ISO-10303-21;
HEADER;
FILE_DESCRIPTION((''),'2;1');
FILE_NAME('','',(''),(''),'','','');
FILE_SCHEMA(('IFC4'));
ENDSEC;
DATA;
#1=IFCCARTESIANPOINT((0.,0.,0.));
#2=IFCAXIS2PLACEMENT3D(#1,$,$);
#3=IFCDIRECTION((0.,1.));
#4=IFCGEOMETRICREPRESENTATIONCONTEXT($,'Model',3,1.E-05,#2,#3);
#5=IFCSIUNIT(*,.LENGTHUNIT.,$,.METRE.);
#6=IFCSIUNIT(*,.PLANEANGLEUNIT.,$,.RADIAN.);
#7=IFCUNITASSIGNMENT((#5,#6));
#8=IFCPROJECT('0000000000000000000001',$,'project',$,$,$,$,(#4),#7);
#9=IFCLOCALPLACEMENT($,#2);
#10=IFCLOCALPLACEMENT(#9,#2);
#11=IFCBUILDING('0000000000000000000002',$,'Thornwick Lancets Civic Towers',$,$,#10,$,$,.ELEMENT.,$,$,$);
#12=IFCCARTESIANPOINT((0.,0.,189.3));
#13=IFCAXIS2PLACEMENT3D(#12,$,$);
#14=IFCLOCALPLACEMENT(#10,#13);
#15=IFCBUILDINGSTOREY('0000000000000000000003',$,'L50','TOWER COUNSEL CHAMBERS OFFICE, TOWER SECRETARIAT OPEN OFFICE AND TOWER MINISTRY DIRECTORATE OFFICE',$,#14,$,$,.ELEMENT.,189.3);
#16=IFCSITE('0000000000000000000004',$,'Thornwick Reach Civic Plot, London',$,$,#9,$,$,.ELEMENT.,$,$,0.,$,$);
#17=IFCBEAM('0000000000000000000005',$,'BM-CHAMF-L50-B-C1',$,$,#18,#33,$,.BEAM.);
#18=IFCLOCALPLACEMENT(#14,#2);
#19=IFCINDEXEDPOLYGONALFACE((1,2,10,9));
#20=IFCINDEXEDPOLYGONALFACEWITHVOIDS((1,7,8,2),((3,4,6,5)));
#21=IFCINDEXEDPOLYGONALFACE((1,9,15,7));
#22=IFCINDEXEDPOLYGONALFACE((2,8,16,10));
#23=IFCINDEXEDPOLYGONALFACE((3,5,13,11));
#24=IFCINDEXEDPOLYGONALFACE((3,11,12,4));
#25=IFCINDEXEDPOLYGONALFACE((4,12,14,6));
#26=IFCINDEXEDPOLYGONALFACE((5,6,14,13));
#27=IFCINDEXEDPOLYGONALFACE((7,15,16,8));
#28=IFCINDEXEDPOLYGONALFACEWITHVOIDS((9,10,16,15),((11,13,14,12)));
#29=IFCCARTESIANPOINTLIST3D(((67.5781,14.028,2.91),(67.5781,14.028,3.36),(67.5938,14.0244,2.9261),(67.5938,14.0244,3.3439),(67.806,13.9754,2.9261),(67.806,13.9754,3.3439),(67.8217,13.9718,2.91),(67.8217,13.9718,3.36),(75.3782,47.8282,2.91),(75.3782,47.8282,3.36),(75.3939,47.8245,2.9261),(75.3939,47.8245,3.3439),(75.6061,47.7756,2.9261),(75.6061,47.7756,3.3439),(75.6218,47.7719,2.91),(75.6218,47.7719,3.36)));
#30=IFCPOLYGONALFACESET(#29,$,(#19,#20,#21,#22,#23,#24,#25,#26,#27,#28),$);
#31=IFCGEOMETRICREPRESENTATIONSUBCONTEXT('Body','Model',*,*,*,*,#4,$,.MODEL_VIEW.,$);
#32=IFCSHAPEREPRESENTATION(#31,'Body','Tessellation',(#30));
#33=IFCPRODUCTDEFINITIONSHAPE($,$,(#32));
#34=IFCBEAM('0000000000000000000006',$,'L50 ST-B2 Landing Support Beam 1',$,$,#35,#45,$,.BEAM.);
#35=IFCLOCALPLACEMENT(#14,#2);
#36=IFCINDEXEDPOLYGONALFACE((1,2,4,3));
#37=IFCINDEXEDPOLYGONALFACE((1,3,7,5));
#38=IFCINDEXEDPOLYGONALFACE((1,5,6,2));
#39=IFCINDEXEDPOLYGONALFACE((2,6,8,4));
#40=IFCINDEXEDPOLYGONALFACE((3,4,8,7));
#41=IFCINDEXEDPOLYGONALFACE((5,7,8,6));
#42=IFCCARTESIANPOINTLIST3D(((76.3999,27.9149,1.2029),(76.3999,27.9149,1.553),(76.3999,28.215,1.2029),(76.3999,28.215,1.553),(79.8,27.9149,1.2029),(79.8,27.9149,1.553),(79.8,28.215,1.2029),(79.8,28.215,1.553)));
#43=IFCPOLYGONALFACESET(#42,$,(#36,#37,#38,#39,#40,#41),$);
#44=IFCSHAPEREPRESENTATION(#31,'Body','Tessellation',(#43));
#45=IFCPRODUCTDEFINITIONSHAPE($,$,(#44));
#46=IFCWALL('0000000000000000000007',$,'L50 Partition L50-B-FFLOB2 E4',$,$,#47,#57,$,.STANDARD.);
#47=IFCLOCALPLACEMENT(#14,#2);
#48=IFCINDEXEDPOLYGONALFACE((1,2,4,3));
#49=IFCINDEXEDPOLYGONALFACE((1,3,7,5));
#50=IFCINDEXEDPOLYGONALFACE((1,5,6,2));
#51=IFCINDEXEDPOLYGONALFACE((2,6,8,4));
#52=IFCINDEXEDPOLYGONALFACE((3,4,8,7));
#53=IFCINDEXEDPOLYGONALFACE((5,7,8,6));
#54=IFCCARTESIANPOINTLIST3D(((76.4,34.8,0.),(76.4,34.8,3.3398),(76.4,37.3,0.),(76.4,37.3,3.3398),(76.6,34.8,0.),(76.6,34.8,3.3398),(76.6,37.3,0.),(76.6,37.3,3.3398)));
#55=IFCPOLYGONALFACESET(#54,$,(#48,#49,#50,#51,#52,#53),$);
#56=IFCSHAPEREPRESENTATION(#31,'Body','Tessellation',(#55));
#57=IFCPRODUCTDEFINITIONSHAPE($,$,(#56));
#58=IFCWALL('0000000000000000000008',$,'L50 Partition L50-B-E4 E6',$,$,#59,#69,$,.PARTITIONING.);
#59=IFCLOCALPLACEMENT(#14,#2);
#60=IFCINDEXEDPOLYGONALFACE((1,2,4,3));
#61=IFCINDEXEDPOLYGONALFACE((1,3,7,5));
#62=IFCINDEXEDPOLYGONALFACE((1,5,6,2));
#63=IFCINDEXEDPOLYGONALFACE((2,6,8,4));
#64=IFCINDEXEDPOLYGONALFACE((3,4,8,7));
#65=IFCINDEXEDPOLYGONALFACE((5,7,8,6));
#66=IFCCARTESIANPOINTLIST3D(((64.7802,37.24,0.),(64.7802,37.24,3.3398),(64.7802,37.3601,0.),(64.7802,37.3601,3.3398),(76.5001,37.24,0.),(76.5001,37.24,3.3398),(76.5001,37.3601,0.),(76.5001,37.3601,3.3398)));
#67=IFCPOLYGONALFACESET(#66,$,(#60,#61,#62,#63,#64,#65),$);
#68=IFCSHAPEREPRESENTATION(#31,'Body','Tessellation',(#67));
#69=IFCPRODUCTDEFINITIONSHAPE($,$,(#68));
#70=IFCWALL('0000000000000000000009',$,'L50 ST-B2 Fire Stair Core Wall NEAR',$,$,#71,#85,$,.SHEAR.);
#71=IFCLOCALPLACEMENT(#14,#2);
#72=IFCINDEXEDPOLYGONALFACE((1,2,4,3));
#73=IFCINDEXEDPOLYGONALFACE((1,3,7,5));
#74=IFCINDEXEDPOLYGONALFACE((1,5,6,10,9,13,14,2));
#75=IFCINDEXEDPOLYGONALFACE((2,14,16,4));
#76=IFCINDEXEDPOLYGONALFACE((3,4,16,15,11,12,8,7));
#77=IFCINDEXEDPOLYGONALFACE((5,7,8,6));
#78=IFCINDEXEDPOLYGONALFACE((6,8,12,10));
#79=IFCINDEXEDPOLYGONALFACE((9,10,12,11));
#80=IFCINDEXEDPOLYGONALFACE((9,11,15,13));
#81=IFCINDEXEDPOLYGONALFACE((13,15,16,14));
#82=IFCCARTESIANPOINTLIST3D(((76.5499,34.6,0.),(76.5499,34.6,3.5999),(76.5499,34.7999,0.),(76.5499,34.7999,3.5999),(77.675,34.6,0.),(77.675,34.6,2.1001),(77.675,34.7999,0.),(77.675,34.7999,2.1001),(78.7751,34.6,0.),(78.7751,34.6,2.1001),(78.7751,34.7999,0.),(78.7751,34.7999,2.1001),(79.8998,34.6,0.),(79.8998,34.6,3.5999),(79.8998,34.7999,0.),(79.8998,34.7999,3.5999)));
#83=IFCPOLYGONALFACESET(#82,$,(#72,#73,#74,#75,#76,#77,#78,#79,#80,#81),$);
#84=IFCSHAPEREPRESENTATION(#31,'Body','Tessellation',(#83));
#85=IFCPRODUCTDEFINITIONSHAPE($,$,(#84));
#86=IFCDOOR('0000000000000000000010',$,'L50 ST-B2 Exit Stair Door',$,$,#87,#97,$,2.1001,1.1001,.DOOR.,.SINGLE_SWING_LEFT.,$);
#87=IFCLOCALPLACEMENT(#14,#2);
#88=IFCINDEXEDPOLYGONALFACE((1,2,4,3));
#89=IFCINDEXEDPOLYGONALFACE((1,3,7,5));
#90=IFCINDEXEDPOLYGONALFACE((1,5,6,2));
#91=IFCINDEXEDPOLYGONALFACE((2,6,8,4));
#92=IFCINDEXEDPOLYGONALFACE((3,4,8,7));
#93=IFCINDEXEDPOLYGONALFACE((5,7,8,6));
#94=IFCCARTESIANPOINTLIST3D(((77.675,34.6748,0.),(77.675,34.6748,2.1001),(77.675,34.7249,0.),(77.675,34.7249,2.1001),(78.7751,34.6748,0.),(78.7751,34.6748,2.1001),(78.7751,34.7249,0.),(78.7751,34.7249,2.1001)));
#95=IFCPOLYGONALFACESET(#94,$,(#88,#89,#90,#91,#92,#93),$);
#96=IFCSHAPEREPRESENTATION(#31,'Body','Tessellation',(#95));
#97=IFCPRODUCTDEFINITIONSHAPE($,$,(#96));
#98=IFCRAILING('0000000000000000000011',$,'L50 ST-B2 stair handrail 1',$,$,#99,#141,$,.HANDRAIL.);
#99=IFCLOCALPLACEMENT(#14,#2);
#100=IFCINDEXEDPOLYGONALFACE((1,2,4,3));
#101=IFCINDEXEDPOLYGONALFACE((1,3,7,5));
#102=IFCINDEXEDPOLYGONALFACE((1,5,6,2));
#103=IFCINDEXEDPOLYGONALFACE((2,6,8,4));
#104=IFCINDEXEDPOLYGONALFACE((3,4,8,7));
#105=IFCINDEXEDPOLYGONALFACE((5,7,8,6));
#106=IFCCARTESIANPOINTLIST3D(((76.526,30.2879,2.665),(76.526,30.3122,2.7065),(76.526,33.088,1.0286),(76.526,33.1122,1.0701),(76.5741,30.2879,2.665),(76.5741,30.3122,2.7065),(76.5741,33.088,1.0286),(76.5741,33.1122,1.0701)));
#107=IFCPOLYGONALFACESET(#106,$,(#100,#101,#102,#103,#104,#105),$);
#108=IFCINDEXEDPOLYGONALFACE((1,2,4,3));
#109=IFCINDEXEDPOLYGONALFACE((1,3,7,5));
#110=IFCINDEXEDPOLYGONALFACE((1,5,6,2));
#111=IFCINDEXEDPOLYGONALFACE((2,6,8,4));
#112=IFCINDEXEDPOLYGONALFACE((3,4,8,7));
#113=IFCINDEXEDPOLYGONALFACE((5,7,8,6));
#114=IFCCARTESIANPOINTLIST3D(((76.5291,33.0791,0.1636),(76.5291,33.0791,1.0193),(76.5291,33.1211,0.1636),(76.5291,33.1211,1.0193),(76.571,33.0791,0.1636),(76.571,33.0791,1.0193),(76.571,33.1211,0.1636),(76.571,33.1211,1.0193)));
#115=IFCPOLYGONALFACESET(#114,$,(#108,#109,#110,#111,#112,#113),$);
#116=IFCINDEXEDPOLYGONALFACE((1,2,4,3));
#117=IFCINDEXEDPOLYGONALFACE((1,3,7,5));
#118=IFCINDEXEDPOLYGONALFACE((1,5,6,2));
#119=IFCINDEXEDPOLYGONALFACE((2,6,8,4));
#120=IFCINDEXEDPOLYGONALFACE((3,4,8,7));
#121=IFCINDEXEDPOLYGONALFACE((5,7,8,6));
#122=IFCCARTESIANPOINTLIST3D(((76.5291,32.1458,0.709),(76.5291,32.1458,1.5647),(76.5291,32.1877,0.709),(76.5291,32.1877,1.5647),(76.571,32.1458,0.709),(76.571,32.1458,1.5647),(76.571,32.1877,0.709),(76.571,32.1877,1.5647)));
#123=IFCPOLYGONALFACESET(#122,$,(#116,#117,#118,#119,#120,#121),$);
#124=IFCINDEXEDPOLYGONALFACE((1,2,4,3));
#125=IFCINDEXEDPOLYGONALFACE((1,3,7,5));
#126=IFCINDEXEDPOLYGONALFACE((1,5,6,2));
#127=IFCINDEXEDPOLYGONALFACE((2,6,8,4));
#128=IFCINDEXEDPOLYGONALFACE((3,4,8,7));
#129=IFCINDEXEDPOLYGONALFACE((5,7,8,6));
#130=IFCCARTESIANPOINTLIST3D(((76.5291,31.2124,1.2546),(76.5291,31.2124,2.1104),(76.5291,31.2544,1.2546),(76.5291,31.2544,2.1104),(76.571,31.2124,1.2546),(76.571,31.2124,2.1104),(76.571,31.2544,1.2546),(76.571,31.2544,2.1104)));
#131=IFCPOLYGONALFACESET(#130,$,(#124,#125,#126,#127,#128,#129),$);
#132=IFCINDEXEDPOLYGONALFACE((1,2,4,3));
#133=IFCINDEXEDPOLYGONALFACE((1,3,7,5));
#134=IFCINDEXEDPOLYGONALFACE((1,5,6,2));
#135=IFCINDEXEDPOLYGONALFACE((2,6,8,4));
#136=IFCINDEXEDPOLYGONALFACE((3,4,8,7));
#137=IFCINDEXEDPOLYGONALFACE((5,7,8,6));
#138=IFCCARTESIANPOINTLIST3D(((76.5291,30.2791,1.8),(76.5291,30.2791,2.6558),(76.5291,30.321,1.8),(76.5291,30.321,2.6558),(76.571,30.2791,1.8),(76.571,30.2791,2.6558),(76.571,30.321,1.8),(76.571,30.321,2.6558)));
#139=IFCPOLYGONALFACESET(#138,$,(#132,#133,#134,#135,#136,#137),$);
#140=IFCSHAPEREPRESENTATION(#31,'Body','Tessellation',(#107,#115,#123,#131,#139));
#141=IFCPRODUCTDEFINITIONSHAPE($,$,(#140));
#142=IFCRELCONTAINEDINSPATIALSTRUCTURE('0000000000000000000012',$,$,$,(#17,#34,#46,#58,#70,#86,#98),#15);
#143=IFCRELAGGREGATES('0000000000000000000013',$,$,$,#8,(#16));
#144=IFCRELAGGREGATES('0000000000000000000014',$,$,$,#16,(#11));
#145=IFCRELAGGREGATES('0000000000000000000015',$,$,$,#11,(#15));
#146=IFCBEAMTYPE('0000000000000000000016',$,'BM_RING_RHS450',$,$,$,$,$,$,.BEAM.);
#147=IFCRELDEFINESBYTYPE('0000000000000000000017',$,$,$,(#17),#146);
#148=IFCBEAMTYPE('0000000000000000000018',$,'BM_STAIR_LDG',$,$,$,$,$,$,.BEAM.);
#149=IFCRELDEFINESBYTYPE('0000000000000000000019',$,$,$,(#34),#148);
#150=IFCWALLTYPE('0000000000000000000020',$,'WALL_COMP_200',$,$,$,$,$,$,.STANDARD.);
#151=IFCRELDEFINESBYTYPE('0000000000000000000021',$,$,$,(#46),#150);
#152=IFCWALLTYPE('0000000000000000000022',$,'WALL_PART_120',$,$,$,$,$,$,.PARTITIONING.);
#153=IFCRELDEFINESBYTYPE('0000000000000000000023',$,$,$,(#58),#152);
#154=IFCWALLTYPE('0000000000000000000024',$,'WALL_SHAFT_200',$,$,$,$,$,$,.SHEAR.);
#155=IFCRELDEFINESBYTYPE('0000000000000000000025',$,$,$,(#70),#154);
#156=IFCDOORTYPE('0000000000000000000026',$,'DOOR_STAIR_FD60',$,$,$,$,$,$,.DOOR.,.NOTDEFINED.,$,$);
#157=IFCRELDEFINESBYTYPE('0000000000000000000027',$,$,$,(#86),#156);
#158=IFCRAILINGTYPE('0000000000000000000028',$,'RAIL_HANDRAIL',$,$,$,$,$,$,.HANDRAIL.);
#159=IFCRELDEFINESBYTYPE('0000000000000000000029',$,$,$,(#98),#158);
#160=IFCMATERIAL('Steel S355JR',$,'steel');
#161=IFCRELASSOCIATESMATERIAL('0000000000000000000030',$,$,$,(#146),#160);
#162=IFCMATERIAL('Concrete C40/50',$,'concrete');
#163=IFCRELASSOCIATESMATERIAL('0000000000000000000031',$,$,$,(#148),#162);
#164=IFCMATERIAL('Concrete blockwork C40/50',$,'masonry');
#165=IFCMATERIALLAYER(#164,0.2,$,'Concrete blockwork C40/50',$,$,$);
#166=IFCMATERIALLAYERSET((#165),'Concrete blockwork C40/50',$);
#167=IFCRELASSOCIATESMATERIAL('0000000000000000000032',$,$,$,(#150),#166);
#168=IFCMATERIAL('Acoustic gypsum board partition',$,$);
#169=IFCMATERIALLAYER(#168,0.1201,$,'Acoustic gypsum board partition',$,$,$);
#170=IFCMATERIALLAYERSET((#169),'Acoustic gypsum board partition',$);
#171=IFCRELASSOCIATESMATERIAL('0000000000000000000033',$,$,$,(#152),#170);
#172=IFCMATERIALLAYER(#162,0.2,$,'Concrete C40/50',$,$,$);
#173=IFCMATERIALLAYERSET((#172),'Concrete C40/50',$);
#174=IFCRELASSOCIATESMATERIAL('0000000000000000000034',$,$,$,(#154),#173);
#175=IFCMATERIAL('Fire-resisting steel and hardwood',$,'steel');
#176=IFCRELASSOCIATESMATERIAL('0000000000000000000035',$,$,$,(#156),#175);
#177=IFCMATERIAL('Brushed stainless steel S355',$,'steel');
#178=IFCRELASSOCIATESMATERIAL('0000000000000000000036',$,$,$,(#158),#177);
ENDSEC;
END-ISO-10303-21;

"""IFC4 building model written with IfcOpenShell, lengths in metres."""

from ifc_helpers import new_model, si_unit, direction, frame, frame_2d, origin, origin_2d, place, context, subcontext, project, spatial, rectangle, hollow_rectangle, extrude, material, layer, layer_set, material_profile, profile_set, type_object, element, fill, save


model = new_model("IFC4")

# Units and contexts
model_context = context("Model", 3, precision=1e-05, world=origin(), true_north=direction((0.0, 1.0)))
body_context = subcontext(model_context, "Body", "Model", "MODEL_VIEW")
ifc_project = project(units=[si_unit("LENGTHUNIT", "METRE"), si_unit("PLANEANGLEUNIT", "RADIAN")], contexts=[model_context])

# Site, building, storey
site_placement = place(None, origin())
site = spatial("IfcSite", under=ifc_project, at=site_placement, Name="Thornwick Reach Civic Plot, London", CompositionType="ELEMENT", RefElevation=0.0)
building_placement = place(site_placement, origin())
building = spatial("IfcBuilding", under=site, at=building_placement, Name="Thornwick Lancets Civic Towers", CompositionType="ELEMENT")
storey_placement = place(building_placement, frame((0.0, 0.0, 189.3)))
storey = spatial("IfcBuildingStorey", under=building, at=storey_placement, Name="L50", Description="TOWER COUNSEL CHAMBERS OFFICE, TOWER SECRETARIAT OPEN OFFICE AND TOWER MINISTRY DIRECTORATE OFFICE", CompositionType="ELEMENT", Elevation=189.3)

# Beams
ifc_material_1 = material(Name="Steel S355JR", Category="steel")
ifc_material_profile_1 = material_profile(ifc_material_1, hollow_rectangle(XDim=0.25, YDim=0.45, WallThickness=0.0161, at=origin_2d()), Name="RHS 450x250x16")
ifc_profile_set_1 = profile_set([ifc_material_profile_1], Name="Steel S355JR")
beam_type_1 = type_object("IfcBeamType", Name="BM_RING_RHS450", PredefinedType="BEAM", material=ifc_profile_set_1)
beam_1_placement = place(storey_placement, frame((75.5, 47.8, 3.135), z_axis=(-0.224861, -0.974391, 0.0), x_axis=(0.974391, -0.224861, 0.0)))
element("IfcBeam", 1, at=beam_1_placement, inside=storey, type_object=beam_type_1, Name="BM-CHAMF-L50-B-C1", PredefinedType="BEAM", context=body_context, shape_type="SweptSolid", body=[
    extrude(hollow_rectangle(XDim=0.25, YDim=0.45, WallThickness=0.0161, at=origin_2d()), origin(), (0.0, 0.0, 1.0), 34.6885),
])
ifc_material_2 = material(Name="Concrete C40/50", Category="concrete")
ifc_material_profile_2 = material_profile(ifc_material_2, rectangle(XDim=0.3, YDim=0.3501, at=origin_2d()), Name="RC 300x350")
ifc_profile_set_2 = profile_set([ifc_material_profile_2], Name="Concrete C40/50")
beam_type_2 = type_object("IfcBeamType", Name="BM_STAIR_LDG", PredefinedType="BEAM", material=ifc_profile_set_2)
beam_2_placement = place(storey_placement, frame((76.3999, 28.0649, 1.3779), z_axis=(1.0, 0.0, 0.0), x_axis=(0.0, 1.0, 0.0)))
element("IfcBeam", 2, at=beam_2_placement, inside=storey, type_object=beam_type_2, Name="L50 ST-B2 Landing Support Beam 1", PredefinedType="BEAM", context=body_context, shape_type="SweptSolid", body=[
    extrude(rectangle(XDim=0.3, YDim=0.3501, at=origin_2d()), origin(), (0.0, 0.0, 1.0), 3.4001),
])

# Walls
ifc_material_3 = material(Name="Concrete blockwork C40/50", Category="masonry")
ifc_layer_1 = layer(ifc_material_3, 0.2, Name="Concrete blockwork C40/50")
ifc_layer_set_1 = layer_set([ifc_layer_1], Name="Concrete blockwork C40/50")
wall_type_1 = type_object("IfcWallType", Name="WALL_COMP_200", PredefinedType="STANDARD", material=ifc_layer_set_1)
wall_1_placement = place(storey_placement, frame((76.5, 37.3, 0.0), z_axis=(0.0, 0.0, 1.0), x_axis=(0.0, -1.0, 0.0)))
element("IfcWall", 3, at=wall_1_placement, inside=storey, type_object=wall_type_1, Name="L50 Partition L50-B-FFLOB2 E4", PredefinedType="STANDARD", context=body_context, shape_type="SweptSolid", body=[
    extrude(rectangle(XDim=2.5, YDim=0.2, at=frame_2d((1.25, 0.0))), origin(), (0.0, 0.0, 1.0), 3.3398),
])
ifc_material_4 = material(Name="Acoustic gypsum board partition")
ifc_layer_2 = layer(ifc_material_4, 0.1201, Name="Acoustic gypsum board partition")
ifc_layer_set_2 = layer_set([ifc_layer_2], Name="Acoustic gypsum board partition")
wall_type_2 = type_object("IfcWallType", Name="WALL_PART_120", PredefinedType="PARTITIONING", material=ifc_layer_set_2)
wall_2_placement = place(storey_placement, frame((76.5, 37.3, 0.0), z_axis=(0.0, 0.0, 1.0), x_axis=(-1.0, 0.0, 0.0)))
element("IfcWall", 4, at=wall_2_placement, inside=storey, type_object=wall_type_2, Name="L50 Partition L50-B-E4 E6", PredefinedType="PARTITIONING", context=body_context, shape_type="SweptSolid", body=[
    extrude(rectangle(XDim=11.72, YDim=0.1201, at=frame_2d((5.8599, 0.0))), origin(), (0.0, 0.0, 1.0), 3.3398),
])

# Wall, opening, door
ifc_layer_3 = layer(ifc_material_2, 0.2, Name="Concrete C40/50")
ifc_layer_set_3 = layer_set([ifc_layer_3], Name="Concrete C40/50")
wall_type_3 = type_object("IfcWallType", Name="WALL_SHAFT_200", PredefinedType="SHEAR", material=ifc_layer_set_3)
wall_3_placement = place(storey_placement, frame((76.55, 34.7, 0.0), z_axis=(0.0, 0.0, 1.0), x_axis=(1.0, 0.0, 0.0)))
wall_3 = element("IfcWall", 5, at=wall_3_placement, inside=storey, type_object=wall_type_3, Name="L50 ST-B2 Fire Stair Core Wall NEAR", PredefinedType="SHEAR", context=body_context, shape_type="SweptSolid", body=[
    extrude(rectangle(XDim=3.3499, YDim=0.2, at=frame_2d((1.6748, 0.0))), origin(), (0.0, 0.0, 1.0), 3.5999),
])
opening_placement = place(wall_3_placement, frame((1.125, 0.0, 0.0)))
opening = element("IfcOpeningElement", 6, at=opening_placement, cuts=wall_3, PredefinedType="OPENING", context=body_context, shape_type="SweptSolid", body=[
    extrude(rectangle(XDim=1.1001, YDim=2.1001, at=frame_2d((0.55, 1.05))), frame((0.0, 0.1099, 0.0), z_axis=(0.0, -1.0, 0.0), x_axis=(1.0, 0.0, 0.0)), (0.0, 0.0, 1.0), 0.22),
])
ifc_material_5 = material(Name="Fire-resisting steel and hardwood", Category="steel")
door_type = type_object("IfcDoorType", Name="DOOR_STAIR_FD60", OperationType="NOTDEFINED", PredefinedType="DOOR", material=ifc_material_5)
door_placement = place(opening_placement, origin())
door = element("IfcDoor", 7, at=door_placement, inside=storey, type_object=door_type, Name="L50 ST-B2 Exit Stair Door", OperationType="SINGLE_SWING_LEFT", OverallHeight=2.1001, OverallWidth=1.1001, PredefinedType="DOOR", context=body_context, shape_type="SweptSolid", body=[
    extrude(rectangle(XDim=1.1001, YDim=2.1001, at=frame_2d((0.55, 1.05))), frame((0.0, 0.0249, 0.0), z_axis=(0.0, -1.0, 0.0), x_axis=(1.0, 0.0, 0.0)), (0.0, 0.0, 1.0), 0.05),
])
fill(opening, door)

# Railing
ifc_material_6 = material(Name="Brushed stainless steel S355", Category="steel")
railing_type_1 = type_object("IfcRailingType", Name="RAIL_HANDRAIL", PredefinedType="HANDRAIL", material=ifc_material_6)
railing_1_placement = place(storey_placement, frame((76.55, 33.1001, 0.1636)))
element("IfcRailing", 8, at=railing_1_placement, inside=storey, type_object=railing_type_1, Name="L50 ST-B2 stair handrail 1", PredefinedType="HANDRAIL", context=body_context, shape_type="SweptSolid", body=[
    extrude(rectangle(XDim=0.0481, YDim=0.0481, at=origin_2d()), frame((0.0, 0.0, 0.8857), z_axis=(0.0, -0.863361, 0.504587), x_axis=(1.0, 0.0, 0.0)), (0.0, 0.0, 1.0), 3.2432),
    extrude(rectangle(XDim=0.042, YDim=0.042, at=origin_2d()), origin(), (0.0, 0.0, 1.0), 0.8557),
    extrude(rectangle(XDim=0.042, YDim=0.042, at=origin_2d()), frame((0.0, -0.9333, 0.5454)), (0.0, 0.0, 1.0), 0.8557),
    extrude(rectangle(XDim=0.042, YDim=0.042, at=origin_2d()), frame((0.0, -1.8667, 1.0911)), (0.0, 0.0, 1.0), 0.8557),
    extrude(rectangle(XDim=0.042, YDim=0.042, at=origin_2d()), frame((0.0, -2.8, 1.6365)), (0.0, 0.0, 1.0), 0.8557),
])

save(model, "model.ifc")
